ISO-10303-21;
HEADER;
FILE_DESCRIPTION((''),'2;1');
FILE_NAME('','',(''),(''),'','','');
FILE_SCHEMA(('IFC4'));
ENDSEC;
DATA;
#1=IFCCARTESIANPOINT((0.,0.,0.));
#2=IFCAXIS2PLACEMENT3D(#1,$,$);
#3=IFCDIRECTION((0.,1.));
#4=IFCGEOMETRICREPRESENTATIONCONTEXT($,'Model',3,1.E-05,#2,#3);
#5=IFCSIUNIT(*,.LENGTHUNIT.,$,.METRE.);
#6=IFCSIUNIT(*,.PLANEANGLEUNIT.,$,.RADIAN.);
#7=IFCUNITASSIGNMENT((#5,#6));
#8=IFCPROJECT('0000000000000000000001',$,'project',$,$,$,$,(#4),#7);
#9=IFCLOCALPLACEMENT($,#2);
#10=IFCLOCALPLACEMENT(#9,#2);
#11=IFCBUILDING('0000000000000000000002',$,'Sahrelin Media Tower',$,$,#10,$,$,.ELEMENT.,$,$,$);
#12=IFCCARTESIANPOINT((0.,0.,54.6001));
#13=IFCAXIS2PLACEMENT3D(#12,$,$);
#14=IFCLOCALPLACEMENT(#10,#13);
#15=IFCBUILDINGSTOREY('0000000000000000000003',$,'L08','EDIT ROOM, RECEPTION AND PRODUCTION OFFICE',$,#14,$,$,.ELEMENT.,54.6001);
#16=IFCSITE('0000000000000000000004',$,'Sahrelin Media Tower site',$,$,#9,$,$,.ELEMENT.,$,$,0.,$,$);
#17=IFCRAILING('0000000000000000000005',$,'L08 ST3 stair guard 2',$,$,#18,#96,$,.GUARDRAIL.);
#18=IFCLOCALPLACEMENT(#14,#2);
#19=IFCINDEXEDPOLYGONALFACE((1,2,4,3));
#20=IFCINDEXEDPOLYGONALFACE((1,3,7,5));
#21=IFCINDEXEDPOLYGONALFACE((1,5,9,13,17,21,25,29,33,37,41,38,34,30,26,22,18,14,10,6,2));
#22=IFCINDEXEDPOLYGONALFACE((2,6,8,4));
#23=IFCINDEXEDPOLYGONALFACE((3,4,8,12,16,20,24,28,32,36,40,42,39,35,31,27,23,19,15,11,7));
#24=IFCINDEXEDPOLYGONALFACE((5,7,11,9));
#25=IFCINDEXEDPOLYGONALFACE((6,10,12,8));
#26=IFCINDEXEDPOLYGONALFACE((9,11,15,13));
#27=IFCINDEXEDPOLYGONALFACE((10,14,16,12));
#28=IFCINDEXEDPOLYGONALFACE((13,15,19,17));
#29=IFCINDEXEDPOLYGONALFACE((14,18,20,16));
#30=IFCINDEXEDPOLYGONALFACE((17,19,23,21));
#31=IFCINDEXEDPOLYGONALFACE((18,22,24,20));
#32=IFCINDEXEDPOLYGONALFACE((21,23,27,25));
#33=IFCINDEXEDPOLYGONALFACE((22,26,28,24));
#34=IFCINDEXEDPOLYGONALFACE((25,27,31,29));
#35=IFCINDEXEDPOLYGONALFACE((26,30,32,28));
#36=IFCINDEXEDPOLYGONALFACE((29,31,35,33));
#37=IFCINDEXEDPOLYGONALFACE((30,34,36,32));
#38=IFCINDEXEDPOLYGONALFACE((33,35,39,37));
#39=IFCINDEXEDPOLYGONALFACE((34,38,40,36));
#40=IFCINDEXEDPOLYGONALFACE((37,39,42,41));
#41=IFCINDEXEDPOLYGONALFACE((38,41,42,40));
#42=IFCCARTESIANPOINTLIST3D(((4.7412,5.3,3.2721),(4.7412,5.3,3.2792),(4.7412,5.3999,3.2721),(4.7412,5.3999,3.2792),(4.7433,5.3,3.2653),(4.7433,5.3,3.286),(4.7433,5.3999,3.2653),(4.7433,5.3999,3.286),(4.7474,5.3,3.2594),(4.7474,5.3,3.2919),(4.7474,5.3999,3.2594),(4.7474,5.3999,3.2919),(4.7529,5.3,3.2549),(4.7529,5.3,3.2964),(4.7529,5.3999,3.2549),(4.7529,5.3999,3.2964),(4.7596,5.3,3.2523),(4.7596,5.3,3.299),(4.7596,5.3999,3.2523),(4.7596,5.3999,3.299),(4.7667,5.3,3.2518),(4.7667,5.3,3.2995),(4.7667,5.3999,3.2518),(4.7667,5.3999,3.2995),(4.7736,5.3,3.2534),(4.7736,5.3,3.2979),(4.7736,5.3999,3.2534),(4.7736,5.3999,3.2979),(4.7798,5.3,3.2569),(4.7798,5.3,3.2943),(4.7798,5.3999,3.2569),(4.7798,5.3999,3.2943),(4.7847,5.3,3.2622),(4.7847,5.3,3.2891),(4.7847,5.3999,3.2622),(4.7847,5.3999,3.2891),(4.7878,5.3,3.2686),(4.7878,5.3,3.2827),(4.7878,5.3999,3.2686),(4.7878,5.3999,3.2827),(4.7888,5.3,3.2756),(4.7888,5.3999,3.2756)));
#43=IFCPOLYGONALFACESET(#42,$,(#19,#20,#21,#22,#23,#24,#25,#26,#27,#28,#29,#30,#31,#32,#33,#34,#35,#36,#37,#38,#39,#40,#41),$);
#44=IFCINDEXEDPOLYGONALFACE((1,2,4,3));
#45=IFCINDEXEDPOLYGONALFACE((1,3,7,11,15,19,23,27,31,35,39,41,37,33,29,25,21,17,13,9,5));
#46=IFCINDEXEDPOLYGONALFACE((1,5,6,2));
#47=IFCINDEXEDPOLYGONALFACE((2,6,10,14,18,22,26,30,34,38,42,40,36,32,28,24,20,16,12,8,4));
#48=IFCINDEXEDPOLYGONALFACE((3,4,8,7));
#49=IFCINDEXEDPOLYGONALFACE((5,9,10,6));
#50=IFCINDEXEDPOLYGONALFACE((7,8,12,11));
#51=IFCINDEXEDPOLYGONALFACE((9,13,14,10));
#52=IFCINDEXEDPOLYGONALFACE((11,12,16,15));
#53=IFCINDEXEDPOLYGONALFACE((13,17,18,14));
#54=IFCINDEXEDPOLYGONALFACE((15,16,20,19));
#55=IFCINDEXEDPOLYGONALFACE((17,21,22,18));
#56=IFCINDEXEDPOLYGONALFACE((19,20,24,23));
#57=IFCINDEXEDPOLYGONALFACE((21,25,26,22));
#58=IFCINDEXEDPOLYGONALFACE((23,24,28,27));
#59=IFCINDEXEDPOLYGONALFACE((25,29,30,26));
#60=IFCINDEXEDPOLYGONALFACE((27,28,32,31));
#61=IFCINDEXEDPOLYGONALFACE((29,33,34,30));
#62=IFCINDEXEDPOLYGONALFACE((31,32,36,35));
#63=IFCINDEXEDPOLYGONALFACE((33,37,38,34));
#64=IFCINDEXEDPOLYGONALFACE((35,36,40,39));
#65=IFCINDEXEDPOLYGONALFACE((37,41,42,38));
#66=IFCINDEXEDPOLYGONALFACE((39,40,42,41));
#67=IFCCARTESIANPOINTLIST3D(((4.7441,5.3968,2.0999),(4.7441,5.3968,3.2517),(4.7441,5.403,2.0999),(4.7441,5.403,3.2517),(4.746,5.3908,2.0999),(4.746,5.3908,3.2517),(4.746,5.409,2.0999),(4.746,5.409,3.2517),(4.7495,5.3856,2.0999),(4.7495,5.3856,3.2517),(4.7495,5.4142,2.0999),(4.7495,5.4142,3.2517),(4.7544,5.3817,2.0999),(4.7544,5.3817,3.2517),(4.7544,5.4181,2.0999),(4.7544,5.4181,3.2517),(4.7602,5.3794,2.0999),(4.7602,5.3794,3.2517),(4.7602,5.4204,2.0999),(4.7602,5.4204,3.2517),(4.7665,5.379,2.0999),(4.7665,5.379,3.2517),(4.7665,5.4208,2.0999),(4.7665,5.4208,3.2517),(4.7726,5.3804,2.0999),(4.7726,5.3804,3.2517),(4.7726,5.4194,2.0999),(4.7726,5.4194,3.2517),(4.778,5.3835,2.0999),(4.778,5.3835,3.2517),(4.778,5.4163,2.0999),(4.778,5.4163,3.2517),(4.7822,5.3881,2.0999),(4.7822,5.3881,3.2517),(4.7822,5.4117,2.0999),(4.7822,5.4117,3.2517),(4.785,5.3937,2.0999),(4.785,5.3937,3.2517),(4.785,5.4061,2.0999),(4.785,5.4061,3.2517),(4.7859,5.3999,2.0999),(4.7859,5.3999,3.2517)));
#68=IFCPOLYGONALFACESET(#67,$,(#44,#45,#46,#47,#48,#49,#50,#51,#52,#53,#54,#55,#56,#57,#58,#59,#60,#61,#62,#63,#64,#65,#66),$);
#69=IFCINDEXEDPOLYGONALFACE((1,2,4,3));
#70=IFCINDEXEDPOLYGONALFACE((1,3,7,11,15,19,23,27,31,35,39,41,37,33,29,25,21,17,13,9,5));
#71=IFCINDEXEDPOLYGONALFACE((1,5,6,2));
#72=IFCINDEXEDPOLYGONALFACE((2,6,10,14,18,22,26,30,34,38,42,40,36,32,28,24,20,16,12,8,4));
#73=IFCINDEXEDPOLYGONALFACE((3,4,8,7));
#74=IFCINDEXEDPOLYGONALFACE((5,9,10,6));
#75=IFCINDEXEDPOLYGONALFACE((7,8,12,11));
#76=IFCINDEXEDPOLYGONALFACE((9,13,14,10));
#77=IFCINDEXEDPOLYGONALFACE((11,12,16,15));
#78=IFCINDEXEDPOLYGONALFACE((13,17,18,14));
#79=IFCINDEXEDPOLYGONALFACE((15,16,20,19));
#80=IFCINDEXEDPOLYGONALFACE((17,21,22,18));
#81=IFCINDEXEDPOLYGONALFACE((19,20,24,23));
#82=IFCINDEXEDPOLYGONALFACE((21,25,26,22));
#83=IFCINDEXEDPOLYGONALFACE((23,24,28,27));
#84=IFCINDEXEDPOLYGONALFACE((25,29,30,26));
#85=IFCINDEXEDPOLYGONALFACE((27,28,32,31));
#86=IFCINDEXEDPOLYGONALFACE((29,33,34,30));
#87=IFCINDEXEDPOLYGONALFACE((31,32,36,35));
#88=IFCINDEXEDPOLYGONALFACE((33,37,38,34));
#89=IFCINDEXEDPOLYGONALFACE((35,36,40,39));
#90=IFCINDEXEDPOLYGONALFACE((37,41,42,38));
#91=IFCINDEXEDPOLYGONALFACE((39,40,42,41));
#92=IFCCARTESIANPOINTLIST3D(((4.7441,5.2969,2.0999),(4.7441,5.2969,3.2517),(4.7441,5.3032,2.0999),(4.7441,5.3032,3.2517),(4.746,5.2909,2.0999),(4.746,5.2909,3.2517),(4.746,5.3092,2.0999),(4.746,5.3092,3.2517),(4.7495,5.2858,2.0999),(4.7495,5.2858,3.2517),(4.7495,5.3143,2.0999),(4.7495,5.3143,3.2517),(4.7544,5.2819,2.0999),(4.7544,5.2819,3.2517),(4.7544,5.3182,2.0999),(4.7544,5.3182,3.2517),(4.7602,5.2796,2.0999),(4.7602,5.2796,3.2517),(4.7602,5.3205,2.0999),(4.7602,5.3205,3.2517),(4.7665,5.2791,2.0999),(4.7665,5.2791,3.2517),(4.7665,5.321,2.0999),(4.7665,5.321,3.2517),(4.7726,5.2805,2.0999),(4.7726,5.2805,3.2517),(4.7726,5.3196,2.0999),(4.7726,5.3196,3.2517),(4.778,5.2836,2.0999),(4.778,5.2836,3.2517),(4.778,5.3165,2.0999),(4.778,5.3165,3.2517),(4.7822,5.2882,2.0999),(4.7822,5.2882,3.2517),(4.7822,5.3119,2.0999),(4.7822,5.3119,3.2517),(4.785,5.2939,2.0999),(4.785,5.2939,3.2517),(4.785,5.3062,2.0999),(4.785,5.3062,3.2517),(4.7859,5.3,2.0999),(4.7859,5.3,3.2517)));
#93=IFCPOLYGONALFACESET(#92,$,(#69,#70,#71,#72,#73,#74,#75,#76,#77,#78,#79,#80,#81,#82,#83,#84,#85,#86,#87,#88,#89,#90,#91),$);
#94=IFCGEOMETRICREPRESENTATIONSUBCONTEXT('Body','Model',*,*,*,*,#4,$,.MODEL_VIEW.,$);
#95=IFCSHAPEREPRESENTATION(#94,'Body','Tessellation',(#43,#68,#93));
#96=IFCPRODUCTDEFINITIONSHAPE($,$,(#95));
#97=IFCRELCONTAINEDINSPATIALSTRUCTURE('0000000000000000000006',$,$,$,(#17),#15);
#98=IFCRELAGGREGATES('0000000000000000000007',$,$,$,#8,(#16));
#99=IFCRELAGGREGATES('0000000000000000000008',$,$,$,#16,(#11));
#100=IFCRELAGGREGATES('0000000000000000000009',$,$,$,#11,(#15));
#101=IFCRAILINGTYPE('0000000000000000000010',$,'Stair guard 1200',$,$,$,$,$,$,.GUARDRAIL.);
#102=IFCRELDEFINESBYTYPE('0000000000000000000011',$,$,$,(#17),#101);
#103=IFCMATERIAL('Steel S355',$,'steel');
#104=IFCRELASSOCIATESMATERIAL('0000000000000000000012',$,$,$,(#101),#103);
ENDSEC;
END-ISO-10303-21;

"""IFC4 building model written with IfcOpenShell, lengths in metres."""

from ifc_helpers import new_model, si_unit, direction, frame, origin, origin_2d, place, context, subcontext, project, spatial, circle, extrude, material, type_object, element, save


model = new_model("IFC4")

# Units and contexts
model_context = context("Model", 3, precision=1e-05, world=origin(), true_north=direction((0.0, 1.0)))
body_context = subcontext(model_context, "Body", "Model", "MODEL_VIEW")
ifc_project = project(units=[si_unit("LENGTHUNIT", "METRE"), si_unit("PLANEANGLEUNIT", "RADIAN")], contexts=[model_context])

# Site, building, storey
site_placement = place(None, origin())
site = spatial("IfcSite", under=ifc_project, at=site_placement, Name="Sahrelin Media Tower site", CompositionType="ELEMENT", RefElevation=0.0)
building_placement = place(site_placement, origin())
building = spatial("IfcBuilding", under=site, at=building_placement, Name="Sahrelin Media Tower", CompositionType="ELEMENT")
storey_placement = place(building_placement, frame((0.0, 0.0, 54.6001)))
storey = spatial("IfcBuildingStorey", under=building, at=storey_placement, Name="L08", Description="EDIT ROOM, RECEPTION AND PRODUCTION OFFICE", CompositionType="ELEMENT", Elevation=54.6001)

# Shared definitions
ifc_material_1 = material(Name="Steel S355", Category="steel")

# Railing
railing_type_1 = type_object("IfcRailingType", Name="Stair guard 1200", PredefinedType="GUARDRAIL", material=ifc_material_1)
railing_1_placement = place(storey_placement, frame((4.7649, 5.3999, 2.0999)))
element("IfcRailing", 1, at=railing_1_placement, inside=storey, type_object=railing_type_1, Name="L08 ST3 stair guard 2", PredefinedType="GUARDRAIL", context=body_context, shape_type="SweptSolid", body=[
    extrude(circle(Radius=0.0239, at=origin_2d()), frame((0.0, 0.0, 1.1758), z_axis=(0.0, -1.0, 0.0), x_axis=(1.0, 0.0, 0.0)), (0.0, 0.0, 1.0), 0.0999),
    extrude(circle(Radius=0.021, at=origin_2d()), origin(), (0.0, 0.0, 1.0), 1.1519),
    extrude(circle(Radius=0.021, at=origin_2d()), frame((0.0, -0.0999, 0.0)), (0.0, 0.0, 1.0), 1.1519),
])

save(model, "model.ifc")
